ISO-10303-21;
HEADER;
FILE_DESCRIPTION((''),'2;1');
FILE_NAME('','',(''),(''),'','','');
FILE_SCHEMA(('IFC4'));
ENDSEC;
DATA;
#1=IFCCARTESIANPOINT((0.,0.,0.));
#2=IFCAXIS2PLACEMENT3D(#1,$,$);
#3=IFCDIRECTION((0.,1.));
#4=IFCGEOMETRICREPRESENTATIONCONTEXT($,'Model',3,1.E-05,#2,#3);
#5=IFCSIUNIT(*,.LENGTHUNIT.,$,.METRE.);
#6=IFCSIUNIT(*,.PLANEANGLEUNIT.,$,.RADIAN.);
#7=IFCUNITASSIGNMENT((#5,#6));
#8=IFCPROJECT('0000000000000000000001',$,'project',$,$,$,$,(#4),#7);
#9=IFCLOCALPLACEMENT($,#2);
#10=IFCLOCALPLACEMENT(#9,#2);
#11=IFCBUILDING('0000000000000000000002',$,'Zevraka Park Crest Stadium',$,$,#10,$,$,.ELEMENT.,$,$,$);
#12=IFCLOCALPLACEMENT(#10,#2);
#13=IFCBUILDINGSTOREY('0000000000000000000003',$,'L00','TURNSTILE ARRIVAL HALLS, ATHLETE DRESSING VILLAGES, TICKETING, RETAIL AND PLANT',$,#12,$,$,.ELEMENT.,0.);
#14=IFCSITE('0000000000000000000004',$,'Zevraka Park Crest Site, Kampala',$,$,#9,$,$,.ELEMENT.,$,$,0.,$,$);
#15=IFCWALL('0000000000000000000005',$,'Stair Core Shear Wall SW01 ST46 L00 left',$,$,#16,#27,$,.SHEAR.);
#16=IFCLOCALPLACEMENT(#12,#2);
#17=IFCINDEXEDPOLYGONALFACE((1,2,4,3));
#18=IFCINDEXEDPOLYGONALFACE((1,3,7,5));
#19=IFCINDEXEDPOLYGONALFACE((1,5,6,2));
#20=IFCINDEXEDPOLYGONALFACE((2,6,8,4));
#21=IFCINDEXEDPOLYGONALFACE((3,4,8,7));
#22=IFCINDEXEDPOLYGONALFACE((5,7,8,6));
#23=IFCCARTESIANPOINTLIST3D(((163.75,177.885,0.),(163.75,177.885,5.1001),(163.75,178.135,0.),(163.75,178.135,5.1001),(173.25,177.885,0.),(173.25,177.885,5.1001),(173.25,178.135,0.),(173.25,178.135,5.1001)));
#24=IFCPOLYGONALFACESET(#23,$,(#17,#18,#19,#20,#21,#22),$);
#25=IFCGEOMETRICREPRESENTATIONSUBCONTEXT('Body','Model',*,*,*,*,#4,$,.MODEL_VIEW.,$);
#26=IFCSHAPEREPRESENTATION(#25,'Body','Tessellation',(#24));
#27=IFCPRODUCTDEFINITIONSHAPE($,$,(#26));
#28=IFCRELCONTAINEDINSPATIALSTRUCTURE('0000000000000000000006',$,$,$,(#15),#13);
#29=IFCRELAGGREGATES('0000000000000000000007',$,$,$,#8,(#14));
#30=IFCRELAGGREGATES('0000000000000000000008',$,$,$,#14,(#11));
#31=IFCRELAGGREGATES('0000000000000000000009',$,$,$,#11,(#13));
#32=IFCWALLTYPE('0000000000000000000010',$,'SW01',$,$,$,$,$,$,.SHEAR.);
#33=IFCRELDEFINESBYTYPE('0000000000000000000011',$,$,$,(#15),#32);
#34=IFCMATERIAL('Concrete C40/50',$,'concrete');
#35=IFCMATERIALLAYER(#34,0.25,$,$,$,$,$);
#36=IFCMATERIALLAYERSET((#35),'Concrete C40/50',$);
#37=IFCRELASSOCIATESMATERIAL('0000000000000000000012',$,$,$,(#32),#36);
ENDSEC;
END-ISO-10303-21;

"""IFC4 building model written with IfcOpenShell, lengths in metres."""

from ifc_helpers import new_model, si_unit, direction, frame, frame_2d, origin, place, context, subcontext, project, spatial, rectangle, extrude, material, layer, layer_set, type_object, element, save


model = new_model("IFC4")

# Units and contexts
model_context = context("Model", 3, precision=1e-05, world=origin(), true_north=direction((0.0, 1.0)))
body_context = subcontext(model_context, "Body", "Model", "MODEL_VIEW")
ifc_project = project(units=[si_unit("LENGTHUNIT", "METRE"), si_unit("PLANEANGLEUNIT", "RADIAN")], contexts=[model_context])

# Site, building, storey
site_placement = place(None, origin())
site = spatial("IfcSite", under=ifc_project, at=site_placement, Name="Zevraka Park Crest Site, Kampala", CompositionType="ELEMENT", RefElevation=0.0)
building_placement = place(site_placement, origin())
building = spatial("IfcBuilding", under=site, at=building_placement, Name="Zevraka Park Crest Stadium", CompositionType="ELEMENT")
storey_placement = place(building_placement, origin())
storey = spatial("IfcBuildingStorey", under=building, at=storey_placement, Name="L00", Description="TURNSTILE ARRIVAL HALLS, ATHLETE DRESSING VILLAGES, TICKETING, RETAIL AND PLANT", CompositionType="ELEMENT", Elevation=0.0)

# Wall
ifc_material_1 = material(Name="Concrete C40/50", Category="concrete")
ifc_layer_1 = layer(ifc_material_1, 0.25)
ifc_layer_set_1 = layer_set([ifc_layer_1], Name="Concrete C40/50")
wall_type_1 = type_object("IfcWallType", Name="SW01", PredefinedType="SHEAR", material=ifc_layer_set_1)
wall_1_placement = place(storey_placement, frame((163.75, 178.01, 0.0), z_axis=(0.0, 0.0, 1.0), x_axis=(1.0, 0.0, 0.0)))
element("IfcWall", 1, at=wall_1_placement, inside=storey, type_object=wall_type_1, Name="Stair Core Shear Wall SW01 ST46 L00 left", PredefinedType="SHEAR", context=body_context, shape_type="SweptSolid", body=[
    extrude(rectangle(XDim=9.5, YDim=0.25, at=frame_2d((4.75, 0.0))), origin(), (0.0, 0.0, 1.0), 5.1001),
])

save(model, "model.ifc")
